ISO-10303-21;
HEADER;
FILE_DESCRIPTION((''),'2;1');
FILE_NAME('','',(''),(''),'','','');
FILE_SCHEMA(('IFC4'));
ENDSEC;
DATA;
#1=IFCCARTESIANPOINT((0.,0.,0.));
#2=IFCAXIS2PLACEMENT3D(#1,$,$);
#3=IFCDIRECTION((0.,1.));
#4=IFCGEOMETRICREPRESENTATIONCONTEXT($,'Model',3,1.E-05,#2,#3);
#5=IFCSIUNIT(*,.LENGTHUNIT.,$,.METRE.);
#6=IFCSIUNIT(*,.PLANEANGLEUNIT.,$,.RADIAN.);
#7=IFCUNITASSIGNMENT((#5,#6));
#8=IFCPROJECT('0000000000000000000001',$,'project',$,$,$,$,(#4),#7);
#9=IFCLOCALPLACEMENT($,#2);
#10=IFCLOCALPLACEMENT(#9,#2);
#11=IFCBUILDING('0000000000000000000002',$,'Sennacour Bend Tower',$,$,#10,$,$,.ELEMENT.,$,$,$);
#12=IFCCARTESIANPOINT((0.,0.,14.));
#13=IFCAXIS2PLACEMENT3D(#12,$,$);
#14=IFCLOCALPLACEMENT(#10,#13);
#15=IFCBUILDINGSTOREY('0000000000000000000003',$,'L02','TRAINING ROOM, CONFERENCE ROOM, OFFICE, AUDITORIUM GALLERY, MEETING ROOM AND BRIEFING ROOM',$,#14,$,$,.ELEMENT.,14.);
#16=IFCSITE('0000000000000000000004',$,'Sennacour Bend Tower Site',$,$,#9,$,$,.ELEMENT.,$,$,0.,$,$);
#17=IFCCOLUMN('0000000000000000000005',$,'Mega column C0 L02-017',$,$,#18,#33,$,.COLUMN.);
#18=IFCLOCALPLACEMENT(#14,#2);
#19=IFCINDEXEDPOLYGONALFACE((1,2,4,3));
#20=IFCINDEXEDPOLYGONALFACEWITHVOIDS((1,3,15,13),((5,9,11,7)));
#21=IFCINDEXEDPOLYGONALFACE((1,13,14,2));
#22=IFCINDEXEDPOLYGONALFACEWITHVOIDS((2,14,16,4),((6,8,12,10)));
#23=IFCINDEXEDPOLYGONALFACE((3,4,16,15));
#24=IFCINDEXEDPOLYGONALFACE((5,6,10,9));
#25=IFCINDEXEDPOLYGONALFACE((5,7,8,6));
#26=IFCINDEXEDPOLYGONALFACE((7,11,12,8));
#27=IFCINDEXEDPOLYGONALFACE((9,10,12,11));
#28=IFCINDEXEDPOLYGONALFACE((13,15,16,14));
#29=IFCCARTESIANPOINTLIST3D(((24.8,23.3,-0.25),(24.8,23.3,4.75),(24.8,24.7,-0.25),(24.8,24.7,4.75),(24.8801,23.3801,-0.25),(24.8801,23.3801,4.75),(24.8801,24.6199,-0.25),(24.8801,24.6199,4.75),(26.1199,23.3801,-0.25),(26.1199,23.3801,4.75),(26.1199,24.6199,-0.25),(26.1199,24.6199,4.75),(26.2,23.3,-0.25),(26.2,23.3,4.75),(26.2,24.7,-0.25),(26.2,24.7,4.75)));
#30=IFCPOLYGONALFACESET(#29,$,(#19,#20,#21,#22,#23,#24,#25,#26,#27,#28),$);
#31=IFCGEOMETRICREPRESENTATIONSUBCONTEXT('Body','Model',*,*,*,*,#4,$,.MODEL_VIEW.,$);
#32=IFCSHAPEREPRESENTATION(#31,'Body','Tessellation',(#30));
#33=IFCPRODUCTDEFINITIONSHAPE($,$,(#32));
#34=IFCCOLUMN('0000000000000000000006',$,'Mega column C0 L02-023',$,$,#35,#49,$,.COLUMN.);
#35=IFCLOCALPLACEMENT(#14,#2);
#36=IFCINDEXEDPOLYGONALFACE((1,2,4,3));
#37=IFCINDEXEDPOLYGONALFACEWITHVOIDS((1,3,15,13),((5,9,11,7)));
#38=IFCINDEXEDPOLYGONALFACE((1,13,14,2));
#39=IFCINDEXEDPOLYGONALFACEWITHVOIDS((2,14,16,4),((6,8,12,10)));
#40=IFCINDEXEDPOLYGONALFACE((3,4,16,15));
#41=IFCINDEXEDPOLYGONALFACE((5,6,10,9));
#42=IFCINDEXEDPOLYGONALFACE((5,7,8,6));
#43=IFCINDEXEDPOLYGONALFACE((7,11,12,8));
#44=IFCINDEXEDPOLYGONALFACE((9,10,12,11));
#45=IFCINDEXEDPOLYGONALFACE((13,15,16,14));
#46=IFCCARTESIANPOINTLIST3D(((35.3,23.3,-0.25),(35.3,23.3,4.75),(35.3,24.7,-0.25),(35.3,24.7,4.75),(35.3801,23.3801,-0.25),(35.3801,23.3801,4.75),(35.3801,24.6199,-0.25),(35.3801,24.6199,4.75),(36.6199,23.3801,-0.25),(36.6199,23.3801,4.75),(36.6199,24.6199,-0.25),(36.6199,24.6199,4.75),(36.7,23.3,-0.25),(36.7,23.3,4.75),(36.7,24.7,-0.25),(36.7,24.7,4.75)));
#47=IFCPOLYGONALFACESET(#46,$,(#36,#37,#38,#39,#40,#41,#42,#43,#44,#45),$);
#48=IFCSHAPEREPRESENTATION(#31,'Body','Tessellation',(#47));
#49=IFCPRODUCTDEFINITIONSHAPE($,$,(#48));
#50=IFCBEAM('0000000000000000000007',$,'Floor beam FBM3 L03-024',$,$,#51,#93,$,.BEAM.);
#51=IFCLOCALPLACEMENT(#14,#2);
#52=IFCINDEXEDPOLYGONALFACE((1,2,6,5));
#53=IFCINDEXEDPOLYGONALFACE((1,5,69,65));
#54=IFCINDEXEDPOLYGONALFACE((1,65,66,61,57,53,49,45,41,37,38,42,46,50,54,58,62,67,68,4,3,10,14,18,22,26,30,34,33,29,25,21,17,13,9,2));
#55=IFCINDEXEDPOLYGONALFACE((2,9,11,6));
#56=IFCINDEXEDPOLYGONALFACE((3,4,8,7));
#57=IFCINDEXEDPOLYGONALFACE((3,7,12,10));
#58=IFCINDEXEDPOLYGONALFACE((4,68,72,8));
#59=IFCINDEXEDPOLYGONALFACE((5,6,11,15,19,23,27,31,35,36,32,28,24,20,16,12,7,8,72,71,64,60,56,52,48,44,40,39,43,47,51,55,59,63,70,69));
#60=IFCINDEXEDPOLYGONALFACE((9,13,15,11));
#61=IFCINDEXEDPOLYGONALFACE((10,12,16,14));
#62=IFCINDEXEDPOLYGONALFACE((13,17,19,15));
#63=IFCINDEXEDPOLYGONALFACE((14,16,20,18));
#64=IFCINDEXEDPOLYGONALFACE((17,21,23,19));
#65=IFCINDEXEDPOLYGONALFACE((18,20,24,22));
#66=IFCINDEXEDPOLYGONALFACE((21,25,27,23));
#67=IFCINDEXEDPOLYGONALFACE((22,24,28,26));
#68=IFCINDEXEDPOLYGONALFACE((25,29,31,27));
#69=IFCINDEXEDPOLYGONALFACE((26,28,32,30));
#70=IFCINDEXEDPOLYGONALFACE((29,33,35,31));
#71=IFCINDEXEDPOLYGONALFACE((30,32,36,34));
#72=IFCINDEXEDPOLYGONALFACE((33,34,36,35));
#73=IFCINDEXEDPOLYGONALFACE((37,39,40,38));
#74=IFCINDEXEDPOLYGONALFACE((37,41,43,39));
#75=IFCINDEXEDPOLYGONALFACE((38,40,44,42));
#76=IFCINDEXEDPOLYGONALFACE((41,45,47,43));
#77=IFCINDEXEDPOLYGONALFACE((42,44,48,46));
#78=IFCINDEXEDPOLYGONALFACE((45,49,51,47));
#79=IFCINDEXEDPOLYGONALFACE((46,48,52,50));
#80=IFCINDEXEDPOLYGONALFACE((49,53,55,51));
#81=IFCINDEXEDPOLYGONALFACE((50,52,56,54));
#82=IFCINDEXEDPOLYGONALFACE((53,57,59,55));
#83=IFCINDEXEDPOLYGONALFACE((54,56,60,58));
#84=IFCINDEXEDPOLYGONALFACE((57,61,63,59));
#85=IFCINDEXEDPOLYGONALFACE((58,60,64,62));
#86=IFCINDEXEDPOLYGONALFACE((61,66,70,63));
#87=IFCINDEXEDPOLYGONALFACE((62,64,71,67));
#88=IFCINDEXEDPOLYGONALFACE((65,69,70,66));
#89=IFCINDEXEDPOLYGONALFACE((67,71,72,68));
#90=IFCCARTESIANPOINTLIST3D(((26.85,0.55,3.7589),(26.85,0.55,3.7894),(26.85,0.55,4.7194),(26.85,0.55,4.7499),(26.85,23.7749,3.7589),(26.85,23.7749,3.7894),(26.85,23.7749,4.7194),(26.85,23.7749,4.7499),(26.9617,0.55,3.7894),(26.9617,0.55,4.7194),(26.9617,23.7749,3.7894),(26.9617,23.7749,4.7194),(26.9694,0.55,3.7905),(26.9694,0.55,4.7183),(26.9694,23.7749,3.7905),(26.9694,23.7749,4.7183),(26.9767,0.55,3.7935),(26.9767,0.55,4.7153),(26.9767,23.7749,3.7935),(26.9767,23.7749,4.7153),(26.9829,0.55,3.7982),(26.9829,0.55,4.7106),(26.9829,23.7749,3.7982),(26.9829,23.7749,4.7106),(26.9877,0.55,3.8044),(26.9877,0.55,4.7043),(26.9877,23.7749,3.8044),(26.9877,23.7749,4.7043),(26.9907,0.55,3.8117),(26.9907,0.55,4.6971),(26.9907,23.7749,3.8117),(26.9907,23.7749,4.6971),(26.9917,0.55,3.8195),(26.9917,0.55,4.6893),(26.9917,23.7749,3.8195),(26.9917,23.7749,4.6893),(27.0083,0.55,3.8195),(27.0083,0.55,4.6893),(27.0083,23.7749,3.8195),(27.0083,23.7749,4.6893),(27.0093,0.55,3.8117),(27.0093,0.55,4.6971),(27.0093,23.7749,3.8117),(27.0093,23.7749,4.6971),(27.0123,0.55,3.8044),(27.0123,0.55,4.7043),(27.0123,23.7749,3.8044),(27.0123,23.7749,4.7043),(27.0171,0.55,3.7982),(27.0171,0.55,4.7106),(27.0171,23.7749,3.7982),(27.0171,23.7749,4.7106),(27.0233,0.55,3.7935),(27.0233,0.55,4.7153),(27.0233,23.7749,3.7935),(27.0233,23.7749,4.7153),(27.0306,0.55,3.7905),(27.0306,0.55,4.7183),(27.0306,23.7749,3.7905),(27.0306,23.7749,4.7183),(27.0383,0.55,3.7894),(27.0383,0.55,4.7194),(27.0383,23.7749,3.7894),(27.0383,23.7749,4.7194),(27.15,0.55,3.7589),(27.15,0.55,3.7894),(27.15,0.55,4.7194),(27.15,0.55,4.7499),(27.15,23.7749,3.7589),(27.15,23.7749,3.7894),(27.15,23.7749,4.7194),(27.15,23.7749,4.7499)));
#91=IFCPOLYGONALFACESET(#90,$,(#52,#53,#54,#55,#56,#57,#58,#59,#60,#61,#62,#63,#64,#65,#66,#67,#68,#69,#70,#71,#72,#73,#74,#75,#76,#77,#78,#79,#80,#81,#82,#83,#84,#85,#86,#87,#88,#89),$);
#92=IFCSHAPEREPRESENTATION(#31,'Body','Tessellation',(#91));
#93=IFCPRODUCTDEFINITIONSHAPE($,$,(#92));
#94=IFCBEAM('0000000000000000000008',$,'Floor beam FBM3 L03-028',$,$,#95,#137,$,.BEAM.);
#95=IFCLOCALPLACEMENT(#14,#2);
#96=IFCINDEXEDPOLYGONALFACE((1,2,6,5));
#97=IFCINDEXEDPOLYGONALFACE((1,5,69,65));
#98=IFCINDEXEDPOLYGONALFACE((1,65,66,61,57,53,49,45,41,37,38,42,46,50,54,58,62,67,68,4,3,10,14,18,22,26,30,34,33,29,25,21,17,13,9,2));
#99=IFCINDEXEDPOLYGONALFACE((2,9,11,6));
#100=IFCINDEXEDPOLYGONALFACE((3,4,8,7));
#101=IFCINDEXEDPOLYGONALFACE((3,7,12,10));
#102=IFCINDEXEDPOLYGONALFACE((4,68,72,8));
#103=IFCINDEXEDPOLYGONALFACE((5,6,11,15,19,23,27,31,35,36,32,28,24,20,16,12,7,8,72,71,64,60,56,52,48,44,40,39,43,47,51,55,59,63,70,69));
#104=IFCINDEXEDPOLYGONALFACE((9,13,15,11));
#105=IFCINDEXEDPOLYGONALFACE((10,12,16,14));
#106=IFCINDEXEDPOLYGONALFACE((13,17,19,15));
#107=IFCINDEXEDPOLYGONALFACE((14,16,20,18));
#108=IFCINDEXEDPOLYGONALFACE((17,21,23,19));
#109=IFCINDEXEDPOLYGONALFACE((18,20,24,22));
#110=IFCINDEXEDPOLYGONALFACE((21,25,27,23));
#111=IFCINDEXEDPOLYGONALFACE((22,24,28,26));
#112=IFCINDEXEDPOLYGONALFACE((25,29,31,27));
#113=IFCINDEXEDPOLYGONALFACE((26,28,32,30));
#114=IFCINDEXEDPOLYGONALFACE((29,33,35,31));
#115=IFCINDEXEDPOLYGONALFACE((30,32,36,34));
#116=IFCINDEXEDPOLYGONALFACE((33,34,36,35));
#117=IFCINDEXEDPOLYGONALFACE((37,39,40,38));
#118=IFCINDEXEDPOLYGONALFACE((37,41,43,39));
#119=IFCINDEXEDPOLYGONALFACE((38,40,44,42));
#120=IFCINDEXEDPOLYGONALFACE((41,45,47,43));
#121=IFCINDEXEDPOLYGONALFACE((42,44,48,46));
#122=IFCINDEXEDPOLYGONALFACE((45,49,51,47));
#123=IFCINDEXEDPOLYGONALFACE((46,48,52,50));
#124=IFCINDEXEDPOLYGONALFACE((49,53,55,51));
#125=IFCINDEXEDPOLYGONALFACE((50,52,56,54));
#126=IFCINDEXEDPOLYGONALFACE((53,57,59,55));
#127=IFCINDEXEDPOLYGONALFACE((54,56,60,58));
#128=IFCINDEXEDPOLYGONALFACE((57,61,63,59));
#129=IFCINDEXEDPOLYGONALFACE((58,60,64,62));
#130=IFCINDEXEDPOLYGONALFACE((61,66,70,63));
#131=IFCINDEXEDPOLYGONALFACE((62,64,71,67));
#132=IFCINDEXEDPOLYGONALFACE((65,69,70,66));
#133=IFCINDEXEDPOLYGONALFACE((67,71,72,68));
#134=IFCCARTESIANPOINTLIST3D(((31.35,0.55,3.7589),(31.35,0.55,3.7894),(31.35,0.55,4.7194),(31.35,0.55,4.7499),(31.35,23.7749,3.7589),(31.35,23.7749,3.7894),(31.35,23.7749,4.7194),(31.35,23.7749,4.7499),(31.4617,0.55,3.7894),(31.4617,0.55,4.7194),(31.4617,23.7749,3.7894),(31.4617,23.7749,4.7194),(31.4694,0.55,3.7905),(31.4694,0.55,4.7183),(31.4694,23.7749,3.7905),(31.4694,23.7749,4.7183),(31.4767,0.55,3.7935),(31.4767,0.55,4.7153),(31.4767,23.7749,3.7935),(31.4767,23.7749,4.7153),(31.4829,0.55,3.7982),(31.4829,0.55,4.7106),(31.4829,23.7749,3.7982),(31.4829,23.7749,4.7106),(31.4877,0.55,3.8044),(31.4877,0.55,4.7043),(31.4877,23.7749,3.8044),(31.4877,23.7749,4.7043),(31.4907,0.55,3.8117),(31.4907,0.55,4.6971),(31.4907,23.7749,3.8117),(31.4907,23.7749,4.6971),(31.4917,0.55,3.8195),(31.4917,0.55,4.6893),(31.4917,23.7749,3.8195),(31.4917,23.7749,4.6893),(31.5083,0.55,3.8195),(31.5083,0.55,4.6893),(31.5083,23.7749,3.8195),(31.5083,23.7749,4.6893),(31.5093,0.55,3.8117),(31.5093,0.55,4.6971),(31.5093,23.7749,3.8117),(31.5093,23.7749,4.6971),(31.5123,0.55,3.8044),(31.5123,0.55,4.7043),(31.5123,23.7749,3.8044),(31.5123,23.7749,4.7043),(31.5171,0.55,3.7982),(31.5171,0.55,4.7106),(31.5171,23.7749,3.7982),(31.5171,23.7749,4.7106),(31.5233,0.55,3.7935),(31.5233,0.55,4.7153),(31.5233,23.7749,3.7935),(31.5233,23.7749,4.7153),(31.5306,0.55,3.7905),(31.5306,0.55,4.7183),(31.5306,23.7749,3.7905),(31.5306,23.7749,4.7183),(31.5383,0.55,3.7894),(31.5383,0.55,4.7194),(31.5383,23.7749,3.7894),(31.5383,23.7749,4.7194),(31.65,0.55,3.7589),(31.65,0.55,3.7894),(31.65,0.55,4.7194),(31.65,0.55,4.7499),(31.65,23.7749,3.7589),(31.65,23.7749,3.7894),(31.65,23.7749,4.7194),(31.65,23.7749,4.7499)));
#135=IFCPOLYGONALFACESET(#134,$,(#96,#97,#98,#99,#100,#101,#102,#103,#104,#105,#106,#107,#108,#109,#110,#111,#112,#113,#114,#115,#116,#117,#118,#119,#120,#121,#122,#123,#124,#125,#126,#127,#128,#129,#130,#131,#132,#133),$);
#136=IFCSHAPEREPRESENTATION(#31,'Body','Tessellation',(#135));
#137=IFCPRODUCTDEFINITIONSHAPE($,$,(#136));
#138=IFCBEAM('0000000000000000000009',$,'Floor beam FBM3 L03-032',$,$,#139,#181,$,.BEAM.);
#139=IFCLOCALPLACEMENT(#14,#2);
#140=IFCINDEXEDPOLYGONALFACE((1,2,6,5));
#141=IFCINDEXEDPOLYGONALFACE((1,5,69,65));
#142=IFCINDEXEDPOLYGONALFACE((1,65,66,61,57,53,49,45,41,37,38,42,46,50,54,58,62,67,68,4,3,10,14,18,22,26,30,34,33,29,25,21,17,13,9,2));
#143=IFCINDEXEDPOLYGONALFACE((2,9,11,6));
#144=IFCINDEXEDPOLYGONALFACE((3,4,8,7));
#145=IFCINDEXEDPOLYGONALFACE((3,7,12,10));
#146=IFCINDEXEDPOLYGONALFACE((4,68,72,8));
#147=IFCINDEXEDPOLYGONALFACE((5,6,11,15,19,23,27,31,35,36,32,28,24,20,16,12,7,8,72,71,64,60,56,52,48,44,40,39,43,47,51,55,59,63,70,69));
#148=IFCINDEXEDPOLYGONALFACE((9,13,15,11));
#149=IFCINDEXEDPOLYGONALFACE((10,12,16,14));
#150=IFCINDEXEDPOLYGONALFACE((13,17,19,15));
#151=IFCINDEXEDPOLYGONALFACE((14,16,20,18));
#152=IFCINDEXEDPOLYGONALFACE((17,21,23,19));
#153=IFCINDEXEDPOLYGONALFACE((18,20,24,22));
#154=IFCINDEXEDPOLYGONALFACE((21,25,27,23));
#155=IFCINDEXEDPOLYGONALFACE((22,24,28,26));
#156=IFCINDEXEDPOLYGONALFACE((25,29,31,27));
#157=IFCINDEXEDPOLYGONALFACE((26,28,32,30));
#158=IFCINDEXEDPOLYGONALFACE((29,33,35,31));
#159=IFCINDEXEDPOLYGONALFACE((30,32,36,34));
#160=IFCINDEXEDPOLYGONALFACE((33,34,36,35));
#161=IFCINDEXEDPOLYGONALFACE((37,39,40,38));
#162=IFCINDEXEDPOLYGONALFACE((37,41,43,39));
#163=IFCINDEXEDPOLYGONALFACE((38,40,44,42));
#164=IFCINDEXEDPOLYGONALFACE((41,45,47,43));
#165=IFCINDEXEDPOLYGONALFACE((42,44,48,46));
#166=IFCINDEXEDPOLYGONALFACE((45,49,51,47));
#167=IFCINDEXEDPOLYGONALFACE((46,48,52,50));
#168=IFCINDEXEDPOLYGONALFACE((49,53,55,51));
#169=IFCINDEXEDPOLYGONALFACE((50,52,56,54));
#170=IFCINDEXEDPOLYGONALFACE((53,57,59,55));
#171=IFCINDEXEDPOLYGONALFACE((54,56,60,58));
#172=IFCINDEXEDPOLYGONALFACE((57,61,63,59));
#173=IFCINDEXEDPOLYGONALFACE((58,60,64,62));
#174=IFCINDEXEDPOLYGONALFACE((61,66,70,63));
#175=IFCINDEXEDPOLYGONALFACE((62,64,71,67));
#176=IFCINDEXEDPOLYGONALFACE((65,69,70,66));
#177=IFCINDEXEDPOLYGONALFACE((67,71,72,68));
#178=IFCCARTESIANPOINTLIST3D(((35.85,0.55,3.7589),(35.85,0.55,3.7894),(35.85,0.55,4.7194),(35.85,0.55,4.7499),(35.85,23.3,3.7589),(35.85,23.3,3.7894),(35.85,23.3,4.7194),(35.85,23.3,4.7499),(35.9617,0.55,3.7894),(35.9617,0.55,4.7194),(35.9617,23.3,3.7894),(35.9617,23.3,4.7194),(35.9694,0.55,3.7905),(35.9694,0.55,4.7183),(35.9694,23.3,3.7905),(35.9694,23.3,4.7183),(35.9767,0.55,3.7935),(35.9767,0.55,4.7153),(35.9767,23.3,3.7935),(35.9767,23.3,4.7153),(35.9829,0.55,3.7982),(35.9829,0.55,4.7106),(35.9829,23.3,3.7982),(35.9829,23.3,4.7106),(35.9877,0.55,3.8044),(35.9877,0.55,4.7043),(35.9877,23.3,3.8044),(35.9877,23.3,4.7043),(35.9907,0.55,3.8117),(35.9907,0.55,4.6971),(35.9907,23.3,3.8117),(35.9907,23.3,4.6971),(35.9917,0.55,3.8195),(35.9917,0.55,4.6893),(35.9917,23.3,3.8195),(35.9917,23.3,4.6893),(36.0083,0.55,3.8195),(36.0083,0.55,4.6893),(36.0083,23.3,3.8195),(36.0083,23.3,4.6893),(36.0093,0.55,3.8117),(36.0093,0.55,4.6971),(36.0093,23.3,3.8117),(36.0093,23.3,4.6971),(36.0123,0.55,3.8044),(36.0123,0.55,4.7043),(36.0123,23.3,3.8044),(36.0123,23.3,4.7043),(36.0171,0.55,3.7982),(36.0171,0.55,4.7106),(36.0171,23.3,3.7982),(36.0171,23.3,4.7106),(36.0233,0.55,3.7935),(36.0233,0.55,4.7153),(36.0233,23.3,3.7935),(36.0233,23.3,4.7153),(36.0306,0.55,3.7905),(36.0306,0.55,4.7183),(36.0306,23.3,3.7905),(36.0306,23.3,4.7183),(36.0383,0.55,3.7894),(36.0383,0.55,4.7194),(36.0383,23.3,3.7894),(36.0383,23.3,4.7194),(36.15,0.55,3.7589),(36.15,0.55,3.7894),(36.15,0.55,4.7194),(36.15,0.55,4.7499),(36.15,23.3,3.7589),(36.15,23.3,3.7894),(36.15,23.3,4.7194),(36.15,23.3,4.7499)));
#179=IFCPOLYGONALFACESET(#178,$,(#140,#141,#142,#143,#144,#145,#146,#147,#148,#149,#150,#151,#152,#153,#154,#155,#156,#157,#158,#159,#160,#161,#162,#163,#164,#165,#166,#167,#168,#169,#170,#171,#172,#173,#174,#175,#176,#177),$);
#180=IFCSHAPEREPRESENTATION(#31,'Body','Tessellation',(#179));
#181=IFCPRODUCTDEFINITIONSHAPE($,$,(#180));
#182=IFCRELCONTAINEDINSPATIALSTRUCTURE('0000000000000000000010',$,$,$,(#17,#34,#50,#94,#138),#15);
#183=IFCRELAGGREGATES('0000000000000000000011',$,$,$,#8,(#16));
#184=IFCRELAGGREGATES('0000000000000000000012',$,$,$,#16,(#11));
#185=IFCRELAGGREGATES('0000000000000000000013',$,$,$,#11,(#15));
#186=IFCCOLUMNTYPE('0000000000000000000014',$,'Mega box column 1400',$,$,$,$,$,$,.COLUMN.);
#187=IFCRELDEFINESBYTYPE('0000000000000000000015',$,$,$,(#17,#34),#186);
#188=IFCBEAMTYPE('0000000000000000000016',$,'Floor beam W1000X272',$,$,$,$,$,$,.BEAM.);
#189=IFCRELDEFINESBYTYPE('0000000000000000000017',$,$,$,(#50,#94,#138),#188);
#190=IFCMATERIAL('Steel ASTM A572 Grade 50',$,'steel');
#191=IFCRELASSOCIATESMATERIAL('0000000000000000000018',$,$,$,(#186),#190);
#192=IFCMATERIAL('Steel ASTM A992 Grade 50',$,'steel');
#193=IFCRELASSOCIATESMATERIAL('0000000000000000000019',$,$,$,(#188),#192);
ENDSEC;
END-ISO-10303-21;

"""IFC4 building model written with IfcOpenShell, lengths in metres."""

from ifc_helpers import new_model, si_unit, direction, frame, origin, origin_2d, place, context, subcontext, project, spatial, hollow_rectangle, i_section, extrude, material, material_profile, profile_set, type_object, element, save


model = new_model("IFC4")

# Units and contexts
model_context = context("Model", 3, precision=1e-05, world=origin(), true_north=direction((0.0, 1.0)))
body_context = subcontext(model_context, "Body", "Model", "MODEL_VIEW")
ifc_project = project(units=[si_unit("LENGTHUNIT", "METRE"), si_unit("PLANEANGLEUNIT", "RADIAN")], contexts=[model_context])

# Site, building, storey
site_placement = place(None, origin())
site = spatial("IfcSite", under=ifc_project, at=site_placement, Name="Sennacour Bend Tower Site", CompositionType="ELEMENT", RefElevation=0.0)
building_placement = place(site_placement, origin())
building = spatial("IfcBuilding", under=site, at=building_placement, Name="Sennacour Bend Tower", CompositionType="ELEMENT")
storey_placement = place(building_placement, frame((0.0, 0.0, 14.0)))
storey = spatial("IfcBuildingStorey", under=building, at=storey_placement, Name="L02", Description="TRAINING ROOM, CONFERENCE ROOM, OFFICE, AUDITORIUM GALLERY, MEETING ROOM AND BRIEFING ROOM", CompositionType="ELEMENT", Elevation=14.0)

# Columns
ifc_material_1 = material(Name="Steel ASTM A572 Grade 50", Category="steel")
ifc_material_profile_1 = material_profile(ifc_material_1, hollow_rectangle(XDim=1.3999, YDim=1.3999, WallThickness=0.0801, at=origin_2d()), Name="Steel ASTM A572 Grade 50", Category="steel")
ifc_profile_set_1 = profile_set([ifc_material_profile_1], Name="Steel ASTM A572 Grade 50")
column_type = type_object("IfcColumnType", Name="Mega box column 1400", PredefinedType="COLUMN", material=ifc_profile_set_1)
for number, where, z_axis, x_axis, name in (
    (1, (25.5, 24.0, -0.25), (0.0, 0.0, 1.0), (1.0, 0.0, 0.0), "Mega column C0 L02-017"),
    (2, (36.0, 24.0, -0.25), (0.0, 0.0, 1.0), (1.0, 0.0, 0.0), "Mega column C0 L02-023"),
):
    element("IfcColumn", number, at=place(storey_placement, frame(where, z_axis=z_axis, x_axis=x_axis)), inside=storey, type_object=column_type, Name=name, PredefinedType="COLUMN", context=body_context, shape_type="SweptSolid", body=[
        extrude(hollow_rectangle(XDim=1.3999, YDim=1.3999, WallThickness=0.0801, at=origin_2d()), origin(), (0.0, 0.0, 1.0), 5.0),
    ])

# Beams
ifc_material_2 = material(Name="Steel ASTM A992 Grade 50", Category="steel")
ifc_material_profile_2 = material_profile(ifc_material_2, i_section(OverallWidth=0.3, OverallDepth=0.991, WebThickness=0.0166, FlangeThickness=0.0305, FilletRadius=0.03, at=origin_2d()), Name="Steel ASTM A992 Grade 50", Category="steel")
ifc_profile_set_2 = profile_set([ifc_material_profile_2], Name="Steel ASTM A992 Grade 50")
beam_type_1 = type_object("IfcBeamType", Name="Floor beam W1000X272", PredefinedType="BEAM", material=ifc_profile_set_2)
for number, where, z_axis, x_axis, name in (
    (3, (27.0, 0.55, 4.2544), (0.0, 1.0, 0.0), (-1.0, 0.0, 0.0), "Floor beam FBM3 L03-024"),
    (4, (31.5, 0.55, 4.2544), (0.0, 1.0, 0.0), (-1.0, 0.0, 0.0), "Floor beam FBM3 L03-028"),
):
    element("IfcBeam", number, at=place(storey_placement, frame(where, z_axis=z_axis, x_axis=x_axis)), inside=storey, type_object=beam_type_1, Name=name, PredefinedType="BEAM", context=body_context, shape_type="SweptSolid", body=[
        extrude(i_section(OverallWidth=0.3, OverallDepth=0.991, WebThickness=0.0166, FlangeThickness=0.0305, FilletRadius=0.03, at=origin_2d()), origin(), (0.0, 0.0, 1.0), 23.2249),
    ])
beam_1_placement = place(storey_placement, frame((36.0, 0.55, 4.2544), z_axis=(0.0, 1.0, 0.0), x_axis=(-1.0, 0.0, 0.0)))
element("IfcBeam", 5, at=beam_1_placement, inside=storey, type_object=beam_type_1, Name="Floor beam FBM3 L03-032", PredefinedType="BEAM", context=body_context, shape_type="SweptSolid", body=[
    extrude(i_section(OverallWidth=0.3, OverallDepth=0.991, WebThickness=0.0166, FlangeThickness=0.0305, FilletRadius=0.03, at=origin_2d()), origin(), (0.0, 0.0, 1.0), 22.75),
])

save(model, "model.ifc")
